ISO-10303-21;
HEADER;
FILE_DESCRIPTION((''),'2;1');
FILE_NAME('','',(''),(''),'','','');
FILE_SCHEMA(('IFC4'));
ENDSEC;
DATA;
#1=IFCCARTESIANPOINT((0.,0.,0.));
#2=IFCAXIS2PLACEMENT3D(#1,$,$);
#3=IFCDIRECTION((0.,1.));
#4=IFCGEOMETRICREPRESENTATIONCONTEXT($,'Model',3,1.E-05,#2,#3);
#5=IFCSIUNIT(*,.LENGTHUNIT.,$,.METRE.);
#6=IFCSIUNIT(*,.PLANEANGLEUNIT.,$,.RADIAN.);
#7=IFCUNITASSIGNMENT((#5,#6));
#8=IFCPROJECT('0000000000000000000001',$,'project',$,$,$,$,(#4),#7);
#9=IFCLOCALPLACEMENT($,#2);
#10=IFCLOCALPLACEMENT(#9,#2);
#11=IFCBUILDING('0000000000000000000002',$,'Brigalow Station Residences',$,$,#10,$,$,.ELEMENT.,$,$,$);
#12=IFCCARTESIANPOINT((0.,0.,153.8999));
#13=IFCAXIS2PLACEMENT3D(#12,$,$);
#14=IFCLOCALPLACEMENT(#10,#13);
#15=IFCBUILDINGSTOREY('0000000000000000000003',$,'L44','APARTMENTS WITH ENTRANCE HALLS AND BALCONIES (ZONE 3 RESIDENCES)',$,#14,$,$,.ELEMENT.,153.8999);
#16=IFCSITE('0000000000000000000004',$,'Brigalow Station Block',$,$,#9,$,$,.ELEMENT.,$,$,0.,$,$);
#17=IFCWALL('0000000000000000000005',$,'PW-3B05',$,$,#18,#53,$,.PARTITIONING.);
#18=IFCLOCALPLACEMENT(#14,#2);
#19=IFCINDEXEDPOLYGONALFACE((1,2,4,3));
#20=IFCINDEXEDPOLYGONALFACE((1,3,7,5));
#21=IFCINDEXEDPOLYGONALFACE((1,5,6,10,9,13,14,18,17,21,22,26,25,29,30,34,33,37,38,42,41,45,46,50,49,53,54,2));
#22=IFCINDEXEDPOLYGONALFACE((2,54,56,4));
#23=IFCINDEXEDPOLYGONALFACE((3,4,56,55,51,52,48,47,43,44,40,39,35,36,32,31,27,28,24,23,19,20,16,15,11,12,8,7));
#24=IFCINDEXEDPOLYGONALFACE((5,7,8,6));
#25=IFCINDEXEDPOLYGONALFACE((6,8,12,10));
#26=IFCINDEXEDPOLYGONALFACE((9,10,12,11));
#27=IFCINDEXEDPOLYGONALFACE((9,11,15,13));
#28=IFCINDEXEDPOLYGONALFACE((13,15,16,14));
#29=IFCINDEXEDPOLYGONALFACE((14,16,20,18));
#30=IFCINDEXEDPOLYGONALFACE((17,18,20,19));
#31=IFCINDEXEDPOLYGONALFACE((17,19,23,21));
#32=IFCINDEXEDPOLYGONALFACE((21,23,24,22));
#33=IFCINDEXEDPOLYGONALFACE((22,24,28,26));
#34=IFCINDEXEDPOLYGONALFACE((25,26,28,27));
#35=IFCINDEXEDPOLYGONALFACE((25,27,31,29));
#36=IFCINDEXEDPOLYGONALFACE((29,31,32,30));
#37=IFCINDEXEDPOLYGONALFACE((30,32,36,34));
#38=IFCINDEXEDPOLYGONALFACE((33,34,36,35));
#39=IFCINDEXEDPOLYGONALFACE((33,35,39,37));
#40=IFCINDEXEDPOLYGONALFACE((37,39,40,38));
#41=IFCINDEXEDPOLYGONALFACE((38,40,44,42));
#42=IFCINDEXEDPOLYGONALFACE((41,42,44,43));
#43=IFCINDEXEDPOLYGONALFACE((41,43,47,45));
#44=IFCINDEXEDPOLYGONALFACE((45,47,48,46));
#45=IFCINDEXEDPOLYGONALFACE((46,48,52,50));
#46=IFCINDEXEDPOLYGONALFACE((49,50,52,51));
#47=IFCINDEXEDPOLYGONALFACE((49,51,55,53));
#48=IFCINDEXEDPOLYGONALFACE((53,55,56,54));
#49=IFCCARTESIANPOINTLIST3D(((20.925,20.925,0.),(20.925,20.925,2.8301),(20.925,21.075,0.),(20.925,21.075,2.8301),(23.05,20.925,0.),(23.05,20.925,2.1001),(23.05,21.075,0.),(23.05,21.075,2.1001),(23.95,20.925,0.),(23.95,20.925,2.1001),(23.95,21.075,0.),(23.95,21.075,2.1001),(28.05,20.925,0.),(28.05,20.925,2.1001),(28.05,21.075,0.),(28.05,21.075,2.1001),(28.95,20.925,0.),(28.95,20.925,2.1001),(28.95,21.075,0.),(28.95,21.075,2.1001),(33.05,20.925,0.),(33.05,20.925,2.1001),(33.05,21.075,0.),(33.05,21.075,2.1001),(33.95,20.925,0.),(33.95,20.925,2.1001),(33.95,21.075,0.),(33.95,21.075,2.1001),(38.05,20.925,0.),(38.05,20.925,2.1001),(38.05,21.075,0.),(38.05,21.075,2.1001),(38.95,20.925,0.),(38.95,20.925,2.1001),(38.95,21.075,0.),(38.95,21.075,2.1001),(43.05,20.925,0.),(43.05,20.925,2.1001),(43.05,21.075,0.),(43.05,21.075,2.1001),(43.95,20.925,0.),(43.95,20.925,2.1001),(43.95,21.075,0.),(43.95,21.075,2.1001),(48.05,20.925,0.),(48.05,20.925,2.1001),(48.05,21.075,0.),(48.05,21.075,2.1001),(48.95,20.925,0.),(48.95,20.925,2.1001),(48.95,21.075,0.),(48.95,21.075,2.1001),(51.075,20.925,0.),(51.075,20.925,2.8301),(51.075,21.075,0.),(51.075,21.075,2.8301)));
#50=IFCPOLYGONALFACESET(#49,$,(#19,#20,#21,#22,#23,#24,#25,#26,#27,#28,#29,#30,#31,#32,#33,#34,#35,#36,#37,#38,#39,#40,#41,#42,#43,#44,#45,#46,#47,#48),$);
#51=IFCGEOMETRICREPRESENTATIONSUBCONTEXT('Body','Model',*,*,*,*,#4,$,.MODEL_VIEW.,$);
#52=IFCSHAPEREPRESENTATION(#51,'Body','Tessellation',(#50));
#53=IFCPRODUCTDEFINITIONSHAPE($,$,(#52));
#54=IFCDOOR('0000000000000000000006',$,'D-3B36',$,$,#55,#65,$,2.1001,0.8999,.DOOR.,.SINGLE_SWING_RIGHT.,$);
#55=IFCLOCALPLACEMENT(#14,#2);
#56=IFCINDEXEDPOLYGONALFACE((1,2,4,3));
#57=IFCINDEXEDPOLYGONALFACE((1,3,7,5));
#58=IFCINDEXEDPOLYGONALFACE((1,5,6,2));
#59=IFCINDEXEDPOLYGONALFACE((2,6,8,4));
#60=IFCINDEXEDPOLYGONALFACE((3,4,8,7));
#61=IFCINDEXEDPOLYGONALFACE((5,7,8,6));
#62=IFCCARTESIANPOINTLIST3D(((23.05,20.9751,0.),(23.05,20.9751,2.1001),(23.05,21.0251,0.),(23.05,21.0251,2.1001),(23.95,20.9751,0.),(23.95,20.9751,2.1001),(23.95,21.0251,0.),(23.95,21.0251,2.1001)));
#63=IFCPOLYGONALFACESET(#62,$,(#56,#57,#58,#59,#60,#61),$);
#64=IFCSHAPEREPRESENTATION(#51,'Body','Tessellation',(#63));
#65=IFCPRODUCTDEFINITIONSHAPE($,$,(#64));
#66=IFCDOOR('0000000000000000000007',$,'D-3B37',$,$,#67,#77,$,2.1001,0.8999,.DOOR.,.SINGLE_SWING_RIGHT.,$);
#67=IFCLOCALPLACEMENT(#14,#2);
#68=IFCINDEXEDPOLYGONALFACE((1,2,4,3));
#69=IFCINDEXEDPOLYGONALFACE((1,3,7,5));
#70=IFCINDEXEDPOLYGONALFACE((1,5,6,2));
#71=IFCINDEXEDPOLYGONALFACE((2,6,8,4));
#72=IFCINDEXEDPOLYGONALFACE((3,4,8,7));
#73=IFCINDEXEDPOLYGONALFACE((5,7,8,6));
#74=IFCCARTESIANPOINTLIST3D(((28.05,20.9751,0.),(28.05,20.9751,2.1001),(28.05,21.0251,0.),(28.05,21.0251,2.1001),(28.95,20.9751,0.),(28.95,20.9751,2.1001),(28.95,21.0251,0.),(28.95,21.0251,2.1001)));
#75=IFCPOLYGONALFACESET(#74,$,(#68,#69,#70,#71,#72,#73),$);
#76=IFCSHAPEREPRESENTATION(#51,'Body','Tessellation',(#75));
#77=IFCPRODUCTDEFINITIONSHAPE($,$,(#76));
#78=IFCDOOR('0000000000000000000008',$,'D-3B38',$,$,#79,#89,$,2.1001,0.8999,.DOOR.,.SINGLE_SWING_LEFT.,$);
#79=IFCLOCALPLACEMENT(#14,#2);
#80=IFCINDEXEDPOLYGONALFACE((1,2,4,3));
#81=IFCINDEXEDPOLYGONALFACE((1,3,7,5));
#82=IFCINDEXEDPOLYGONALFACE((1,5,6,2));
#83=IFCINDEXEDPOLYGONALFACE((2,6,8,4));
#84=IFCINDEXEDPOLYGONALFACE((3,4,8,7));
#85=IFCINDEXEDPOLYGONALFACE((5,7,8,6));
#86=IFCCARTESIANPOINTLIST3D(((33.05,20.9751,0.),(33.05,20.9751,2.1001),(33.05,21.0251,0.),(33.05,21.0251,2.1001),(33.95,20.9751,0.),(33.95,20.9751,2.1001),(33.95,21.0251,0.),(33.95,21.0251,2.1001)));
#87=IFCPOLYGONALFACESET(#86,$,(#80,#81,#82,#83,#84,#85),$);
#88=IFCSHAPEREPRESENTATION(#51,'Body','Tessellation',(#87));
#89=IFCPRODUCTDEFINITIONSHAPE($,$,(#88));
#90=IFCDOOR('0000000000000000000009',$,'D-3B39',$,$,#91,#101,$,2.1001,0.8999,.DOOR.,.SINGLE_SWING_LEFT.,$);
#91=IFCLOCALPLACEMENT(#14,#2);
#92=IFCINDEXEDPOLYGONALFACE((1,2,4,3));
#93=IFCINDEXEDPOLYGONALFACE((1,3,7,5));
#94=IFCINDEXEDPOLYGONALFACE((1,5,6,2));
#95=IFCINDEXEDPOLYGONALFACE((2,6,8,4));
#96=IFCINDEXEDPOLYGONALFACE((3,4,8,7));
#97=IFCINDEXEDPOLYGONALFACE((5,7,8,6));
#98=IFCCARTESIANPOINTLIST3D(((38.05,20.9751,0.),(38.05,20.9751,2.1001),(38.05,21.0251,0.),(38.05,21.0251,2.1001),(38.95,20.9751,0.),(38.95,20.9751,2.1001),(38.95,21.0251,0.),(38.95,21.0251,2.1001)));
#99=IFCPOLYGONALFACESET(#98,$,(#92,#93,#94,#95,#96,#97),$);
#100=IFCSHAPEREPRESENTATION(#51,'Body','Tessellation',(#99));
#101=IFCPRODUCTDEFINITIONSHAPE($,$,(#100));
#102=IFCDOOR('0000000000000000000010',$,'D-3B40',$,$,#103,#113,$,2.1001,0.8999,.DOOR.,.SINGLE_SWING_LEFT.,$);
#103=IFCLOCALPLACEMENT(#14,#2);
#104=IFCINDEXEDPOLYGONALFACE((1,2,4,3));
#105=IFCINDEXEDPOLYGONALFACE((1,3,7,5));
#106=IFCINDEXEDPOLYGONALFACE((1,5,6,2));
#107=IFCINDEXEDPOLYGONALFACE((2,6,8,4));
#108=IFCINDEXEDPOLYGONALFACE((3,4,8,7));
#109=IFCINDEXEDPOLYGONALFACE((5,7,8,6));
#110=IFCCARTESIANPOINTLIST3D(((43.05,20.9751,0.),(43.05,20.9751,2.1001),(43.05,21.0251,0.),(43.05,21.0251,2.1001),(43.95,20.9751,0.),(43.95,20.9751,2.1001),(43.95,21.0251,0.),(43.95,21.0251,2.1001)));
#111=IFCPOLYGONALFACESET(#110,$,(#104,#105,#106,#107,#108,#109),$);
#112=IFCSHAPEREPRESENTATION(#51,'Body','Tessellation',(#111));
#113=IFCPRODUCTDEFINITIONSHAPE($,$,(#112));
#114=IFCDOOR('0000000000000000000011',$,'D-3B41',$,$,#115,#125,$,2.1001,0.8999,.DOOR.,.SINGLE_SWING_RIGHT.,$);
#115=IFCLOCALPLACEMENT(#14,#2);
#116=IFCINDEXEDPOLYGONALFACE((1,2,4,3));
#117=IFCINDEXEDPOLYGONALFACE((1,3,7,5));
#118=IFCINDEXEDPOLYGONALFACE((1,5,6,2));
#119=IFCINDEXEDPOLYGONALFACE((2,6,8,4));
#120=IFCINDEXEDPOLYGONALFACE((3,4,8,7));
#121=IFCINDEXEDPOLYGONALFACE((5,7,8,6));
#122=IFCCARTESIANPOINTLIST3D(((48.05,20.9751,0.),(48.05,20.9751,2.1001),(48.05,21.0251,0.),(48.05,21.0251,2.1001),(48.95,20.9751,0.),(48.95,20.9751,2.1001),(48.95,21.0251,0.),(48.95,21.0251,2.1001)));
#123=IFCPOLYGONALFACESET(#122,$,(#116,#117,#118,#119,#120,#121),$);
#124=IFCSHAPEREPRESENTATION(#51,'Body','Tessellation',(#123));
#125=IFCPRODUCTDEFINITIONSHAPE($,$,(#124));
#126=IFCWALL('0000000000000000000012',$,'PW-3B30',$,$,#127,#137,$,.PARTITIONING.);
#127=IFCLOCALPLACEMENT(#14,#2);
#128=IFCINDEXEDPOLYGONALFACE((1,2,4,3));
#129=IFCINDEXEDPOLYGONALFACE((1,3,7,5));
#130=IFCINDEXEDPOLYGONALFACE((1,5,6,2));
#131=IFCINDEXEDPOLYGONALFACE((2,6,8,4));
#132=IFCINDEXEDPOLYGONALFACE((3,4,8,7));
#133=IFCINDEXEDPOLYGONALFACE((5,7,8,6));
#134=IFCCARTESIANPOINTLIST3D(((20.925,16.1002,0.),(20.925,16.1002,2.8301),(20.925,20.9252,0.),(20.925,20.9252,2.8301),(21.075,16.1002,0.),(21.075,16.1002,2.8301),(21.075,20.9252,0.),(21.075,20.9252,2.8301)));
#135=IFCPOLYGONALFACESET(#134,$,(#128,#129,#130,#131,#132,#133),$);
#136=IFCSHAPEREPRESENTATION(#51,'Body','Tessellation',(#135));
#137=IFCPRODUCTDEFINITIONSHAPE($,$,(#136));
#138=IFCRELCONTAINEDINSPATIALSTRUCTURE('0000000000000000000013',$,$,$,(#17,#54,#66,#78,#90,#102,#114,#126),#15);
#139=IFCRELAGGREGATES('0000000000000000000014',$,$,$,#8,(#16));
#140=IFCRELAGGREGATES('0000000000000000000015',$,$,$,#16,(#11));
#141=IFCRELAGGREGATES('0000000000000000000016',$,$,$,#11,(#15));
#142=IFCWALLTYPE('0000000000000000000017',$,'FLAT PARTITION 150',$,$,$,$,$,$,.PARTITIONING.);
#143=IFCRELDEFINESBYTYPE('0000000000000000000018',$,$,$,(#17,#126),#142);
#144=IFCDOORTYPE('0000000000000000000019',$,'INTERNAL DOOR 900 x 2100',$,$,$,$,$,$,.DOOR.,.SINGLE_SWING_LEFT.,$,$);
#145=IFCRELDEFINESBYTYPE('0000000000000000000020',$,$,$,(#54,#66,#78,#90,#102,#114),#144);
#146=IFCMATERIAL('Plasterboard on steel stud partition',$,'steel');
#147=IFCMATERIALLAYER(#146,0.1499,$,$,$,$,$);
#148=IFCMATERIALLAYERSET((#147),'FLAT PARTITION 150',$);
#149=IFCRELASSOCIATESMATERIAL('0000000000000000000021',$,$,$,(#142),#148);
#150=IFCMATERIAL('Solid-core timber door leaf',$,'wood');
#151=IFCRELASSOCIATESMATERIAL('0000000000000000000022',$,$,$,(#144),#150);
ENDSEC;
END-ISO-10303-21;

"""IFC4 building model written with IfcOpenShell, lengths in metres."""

from ifc_helpers import new_model, si_unit, direction, frame, frame_2d, origin, place, context, subcontext, project, spatial, rectangle, extrude, material, layer, layer_set, type_object, element, fill, save


model = new_model("IFC4")

# Units and contexts
model_context = context("Model", 3, precision=1e-05, world=origin(), true_north=direction((0.0, 1.0)))
body_context = subcontext(model_context, "Body", "Model", "MODEL_VIEW")
ifc_project = project(units=[si_unit("LENGTHUNIT", "METRE"), si_unit("PLANEANGLEUNIT", "RADIAN")], contexts=[model_context])

# Site, building, storey
site_placement = place(None, origin())
site = spatial("IfcSite", under=ifc_project, at=site_placement, Name="Brigalow Station Block", CompositionType="ELEMENT", RefElevation=0.0)
building_placement = place(site_placement, origin())
building = spatial("IfcBuilding", under=site, at=building_placement, Name="Brigalow Station Residences", CompositionType="ELEMENT")
storey_placement = place(building_placement, frame((0.0, 0.0, 153.8999)))
storey = spatial("IfcBuildingStorey", under=building, at=storey_placement, Name="L44", Description="APARTMENTS WITH ENTRANCE HALLS AND BALCONIES (ZONE 3 RESIDENCES)", CompositionType="ELEMENT", Elevation=153.8999)

# Wall, openings, doors
ifc_material_1 = material(Name="Plasterboard on steel stud partition", Category="steel")
ifc_layer_1 = layer(ifc_material_1, 0.1499)
ifc_layer_set_1 = layer_set([ifc_layer_1], Name="FLAT PARTITION 150")
wall_type_1 = type_object("IfcWallType", Name="FLAT PARTITION 150", PredefinedType="PARTITIONING", material=ifc_layer_set_1)
wall_1_placement = place(storey_placement, frame((20.925, 21.0, 0.0), z_axis=(0.0, 0.0, 1.0), x_axis=(1.0, 0.0, 0.0)))
wall_1 = element("IfcWall", 1, at=wall_1_placement, inside=storey, type_object=wall_type_1, Name="PW-3B05", PredefinedType="PARTITIONING", context=body_context, shape_type="SweptSolid", body=[
    extrude(rectangle(XDim=30.1499, YDim=0.1499, at=frame_2d((15.075, 0.0))), origin(), (0.0, 0.0, 1.0), 2.8301),
])
opening_1_placement = place(wall_1_placement, frame((2.125, 0.0, 0.0)))
opening_1 = element("IfcOpeningElement", 2, at=opening_1_placement, cuts=wall_1, PredefinedType="OPENING", context=body_context, shape_type="SweptSolid", body=[
    extrude(rectangle(XDim=0.8999, YDim=2.1001, at=frame_2d((0.45, 1.05))), frame((0.0, 0.085, 0.0), z_axis=(0.0, -1.0, 0.0), x_axis=(1.0, 0.0, 0.0)), (0.0, 0.0, 1.0), 0.1699),
])
opening_2_placement = place(wall_1_placement, frame((7.125, 0.0, 0.0)))
opening_2 = element("IfcOpeningElement", 3, at=opening_2_placement, cuts=wall_1, PredefinedType="OPENING", context=body_context, shape_type="SweptSolid", body=[
    extrude(rectangle(XDim=0.8999, YDim=2.1001, at=frame_2d((0.45, 1.05))), frame((0.0, 0.085, 0.0), z_axis=(0.0, -1.0, 0.0), x_axis=(1.0, 0.0, 0.0)), (0.0, 0.0, 1.0), 0.1699),
])
opening_3_placement = place(wall_1_placement, frame((12.125, 0.0, 0.0)))
opening_3 = element("IfcOpeningElement", 4, at=opening_3_placement, cuts=wall_1, PredefinedType="OPENING", context=body_context, shape_type="SweptSolid", body=[
    extrude(rectangle(XDim=0.8999, YDim=2.1001, at=frame_2d((0.45, 1.05))), frame((0.0, 0.085, 0.0), z_axis=(0.0, -1.0, 0.0), x_axis=(1.0, 0.0, 0.0)), (0.0, 0.0, 1.0), 0.1699),
])
opening_4_placement = place(wall_1_placement, frame((17.125, 0.0, 0.0)))
opening_4 = element("IfcOpeningElement", 5, at=opening_4_placement, cuts=wall_1, PredefinedType="OPENING", context=body_context, shape_type="SweptSolid", body=[
    extrude(rectangle(XDim=0.8999, YDim=2.1001, at=frame_2d((0.45, 1.05))), frame((0.0, 0.085, 0.0), z_axis=(0.0, -1.0, 0.0), x_axis=(1.0, 0.0, 0.0)), (0.0, 0.0, 1.0), 0.1699),
])
opening_5_placement = place(wall_1_placement, frame((22.125, 0.0, 0.0)))
opening_5 = element("IfcOpeningElement", 6, at=opening_5_placement, cuts=wall_1, PredefinedType="OPENING", context=body_context, shape_type="SweptSolid", body=[
    extrude(rectangle(XDim=0.8999, YDim=2.1001, at=frame_2d((0.45, 1.05))), frame((0.0, 0.085, 0.0), z_axis=(0.0, -1.0, 0.0), x_axis=(1.0, 0.0, 0.0)), (0.0, 0.0, 1.0), 0.1699),
])
opening_6_placement = place(wall_1_placement, frame((27.125, 0.0, 0.0)))
opening_6 = element("IfcOpeningElement", 7, at=opening_6_placement, cuts=wall_1, PredefinedType="OPENING", context=body_context, shape_type="SweptSolid", body=[
    extrude(rectangle(XDim=0.8999, YDim=2.1001, at=frame_2d((0.45, 1.05))), frame((0.0, 0.085, 0.0), z_axis=(0.0, -1.0, 0.0), x_axis=(1.0, 0.0, 0.0)), (0.0, 0.0, 1.0), 0.1699),
])
ifc_material_2 = material(Name="Solid-core timber door leaf", Category="wood")
door_type_1 = type_object("IfcDoorType", Name="INTERNAL DOOR 900 x 2100", OperationType="SINGLE_SWING_LEFT", PredefinedType="DOOR", material=ifc_material_2)
door_1_placement = place(opening_1_placement, frame((0.8999, 0.0, 0.0), z_axis=(0.0, 0.0, 1.0), x_axis=(-1.0, 0.0, 0.0)))
door_1 = element("IfcDoor", 8, at=door_1_placement, inside=storey, type_object=door_type_1, Name="D-3B36", OperationType="SINGLE_SWING_RIGHT", OverallHeight=2.1001, OverallWidth=0.8999, PredefinedType="DOOR", context=body_context, shape_type="SweptSolid", body=[
    extrude(rectangle(XDim=0.8999, YDim=2.1001, at=frame_2d((0.45, 1.05))), frame((0.0, 0.0249, 0.0), z_axis=(0.0, -1.0, 0.0), x_axis=(1.0, 0.0, 0.0)), (0.0, 0.0, 1.0), 0.05),
])
fill(opening_1, door_1)
door_2_placement = place(opening_2_placement, frame((0.8999, 0.0, 0.0), z_axis=(0.0, 0.0, 1.0), x_axis=(-1.0, 0.0, 0.0)))
door_2 = element("IfcDoor", 9, at=door_2_placement, inside=storey, type_object=door_type_1, Name="D-3B37", OperationType="SINGLE_SWING_RIGHT", OverallHeight=2.1001, OverallWidth=0.8999, PredefinedType="DOOR", context=body_context, shape_type="SweptSolid", body=[
    extrude(rectangle(XDim=0.8999, YDim=2.1001, at=frame_2d((0.45, 1.05))), frame((0.0, 0.0249, 0.0), z_axis=(0.0, -1.0, 0.0), x_axis=(1.0, 0.0, 0.0)), (0.0, 0.0, 1.0), 0.05),
])
fill(opening_2, door_2)
door_3_placement = place(opening_3_placement, frame((0.8999, 0.0, 0.0), z_axis=(0.0, 0.0, 1.0), x_axis=(-1.0, 0.0, 0.0)))
door_3 = element("IfcDoor", 10, at=door_3_placement, inside=storey, type_object=door_type_1, Name="D-3B38", OperationType="SINGLE_SWING_LEFT", OverallHeight=2.1001, OverallWidth=0.8999, PredefinedType="DOOR", context=body_context, shape_type="SweptSolid", body=[
    extrude(rectangle(XDim=0.8999, YDim=2.1001, at=frame_2d((0.45, 1.05))), frame((0.0, 0.0249, 0.0), z_axis=(0.0, -1.0, 0.0), x_axis=(1.0, 0.0, 0.0)), (0.0, 0.0, 1.0), 0.05),
])
fill(opening_3, door_3)
door_4_placement = place(opening_4_placement, frame((0.8999, 0.0, 0.0), z_axis=(0.0, 0.0, 1.0), x_axis=(-1.0, 0.0, 0.0)))
door_4 = element("IfcDoor", 11, at=door_4_placement, inside=storey, type_object=door_type_1, Name="D-3B39", OperationType="SINGLE_SWING_LEFT", OverallHeight=2.1001, OverallWidth=0.8999, PredefinedType="DOOR", context=body_context, shape_type="SweptSolid", body=[
    extrude(rectangle(XDim=0.8999, YDim=2.1001, at=frame_2d((0.45, 1.05))), frame((0.0, 0.0249, 0.0), z_axis=(0.0, -1.0, 0.0), x_axis=(1.0, 0.0, 0.0)), (0.0, 0.0, 1.0), 0.05),
])
fill(opening_4, door_4)
door_5_placement = place(opening_5_placement, frame((0.8999, 0.0, 0.0), z_axis=(0.0, 0.0, 1.0), x_axis=(-1.0, 0.0, 0.0)))
door_5 = element("IfcDoor", 12, at=door_5_placement, inside=storey, type_object=door_type_1, Name="D-3B40", OperationType="SINGLE_SWING_LEFT", OverallHeight=2.1001, OverallWidth=0.8999, PredefinedType="DOOR", context=body_context, shape_type="SweptSolid", body=[
    extrude(rectangle(XDim=0.8999, YDim=2.1001, at=frame_2d((0.45, 1.05))), frame((0.0, 0.0249, 0.0), z_axis=(0.0, -1.0, 0.0), x_axis=(1.0, 0.0, 0.0)), (0.0, 0.0, 1.0), 0.05),
])
fill(opening_5, door_5)
door_6_placement = place(opening_6_placement, frame((0.8999, 0.0, 0.0), z_axis=(0.0, 0.0, 1.0), x_axis=(-1.0, 0.0, 0.0)))
door_6 = element("IfcDoor", 13, at=door_6_placement, inside=storey, type_object=door_type_1, Name="D-3B41", OperationType="SINGLE_SWING_RIGHT", OverallHeight=2.1001, OverallWidth=0.8999, PredefinedType="DOOR", context=body_context, shape_type="SweptSolid", body=[
    extrude(rectangle(XDim=0.8999, YDim=2.1001, at=frame_2d((0.45, 1.05))), frame((0.0, 0.0249, 0.0), z_axis=(0.0, -1.0, 0.0), x_axis=(1.0, 0.0, 0.0)), (0.0, 0.0, 1.0), 0.05),
])
fill(opening_6, door_6)

# Wall
wall_2_placement = place(storey_placement, frame((21.0, 16.1001, 0.0), z_axis=(0.0, 0.0, 1.0), x_axis=(0.0, 1.0, 0.0)))
element("IfcWall", 14, at=wall_2_placement, inside=storey, type_object=wall_type_1, Name="PW-3B30", PredefinedType="PARTITIONING", context=body_context, shape_type="SweptSolid", body=[
    extrude(rectangle(XDim=4.825, YDim=0.1499, at=frame_2d((2.4126, 0.0))), origin(), (0.0, 0.0, 1.0), 2.8301),
])

save(model, "model.ifc")
